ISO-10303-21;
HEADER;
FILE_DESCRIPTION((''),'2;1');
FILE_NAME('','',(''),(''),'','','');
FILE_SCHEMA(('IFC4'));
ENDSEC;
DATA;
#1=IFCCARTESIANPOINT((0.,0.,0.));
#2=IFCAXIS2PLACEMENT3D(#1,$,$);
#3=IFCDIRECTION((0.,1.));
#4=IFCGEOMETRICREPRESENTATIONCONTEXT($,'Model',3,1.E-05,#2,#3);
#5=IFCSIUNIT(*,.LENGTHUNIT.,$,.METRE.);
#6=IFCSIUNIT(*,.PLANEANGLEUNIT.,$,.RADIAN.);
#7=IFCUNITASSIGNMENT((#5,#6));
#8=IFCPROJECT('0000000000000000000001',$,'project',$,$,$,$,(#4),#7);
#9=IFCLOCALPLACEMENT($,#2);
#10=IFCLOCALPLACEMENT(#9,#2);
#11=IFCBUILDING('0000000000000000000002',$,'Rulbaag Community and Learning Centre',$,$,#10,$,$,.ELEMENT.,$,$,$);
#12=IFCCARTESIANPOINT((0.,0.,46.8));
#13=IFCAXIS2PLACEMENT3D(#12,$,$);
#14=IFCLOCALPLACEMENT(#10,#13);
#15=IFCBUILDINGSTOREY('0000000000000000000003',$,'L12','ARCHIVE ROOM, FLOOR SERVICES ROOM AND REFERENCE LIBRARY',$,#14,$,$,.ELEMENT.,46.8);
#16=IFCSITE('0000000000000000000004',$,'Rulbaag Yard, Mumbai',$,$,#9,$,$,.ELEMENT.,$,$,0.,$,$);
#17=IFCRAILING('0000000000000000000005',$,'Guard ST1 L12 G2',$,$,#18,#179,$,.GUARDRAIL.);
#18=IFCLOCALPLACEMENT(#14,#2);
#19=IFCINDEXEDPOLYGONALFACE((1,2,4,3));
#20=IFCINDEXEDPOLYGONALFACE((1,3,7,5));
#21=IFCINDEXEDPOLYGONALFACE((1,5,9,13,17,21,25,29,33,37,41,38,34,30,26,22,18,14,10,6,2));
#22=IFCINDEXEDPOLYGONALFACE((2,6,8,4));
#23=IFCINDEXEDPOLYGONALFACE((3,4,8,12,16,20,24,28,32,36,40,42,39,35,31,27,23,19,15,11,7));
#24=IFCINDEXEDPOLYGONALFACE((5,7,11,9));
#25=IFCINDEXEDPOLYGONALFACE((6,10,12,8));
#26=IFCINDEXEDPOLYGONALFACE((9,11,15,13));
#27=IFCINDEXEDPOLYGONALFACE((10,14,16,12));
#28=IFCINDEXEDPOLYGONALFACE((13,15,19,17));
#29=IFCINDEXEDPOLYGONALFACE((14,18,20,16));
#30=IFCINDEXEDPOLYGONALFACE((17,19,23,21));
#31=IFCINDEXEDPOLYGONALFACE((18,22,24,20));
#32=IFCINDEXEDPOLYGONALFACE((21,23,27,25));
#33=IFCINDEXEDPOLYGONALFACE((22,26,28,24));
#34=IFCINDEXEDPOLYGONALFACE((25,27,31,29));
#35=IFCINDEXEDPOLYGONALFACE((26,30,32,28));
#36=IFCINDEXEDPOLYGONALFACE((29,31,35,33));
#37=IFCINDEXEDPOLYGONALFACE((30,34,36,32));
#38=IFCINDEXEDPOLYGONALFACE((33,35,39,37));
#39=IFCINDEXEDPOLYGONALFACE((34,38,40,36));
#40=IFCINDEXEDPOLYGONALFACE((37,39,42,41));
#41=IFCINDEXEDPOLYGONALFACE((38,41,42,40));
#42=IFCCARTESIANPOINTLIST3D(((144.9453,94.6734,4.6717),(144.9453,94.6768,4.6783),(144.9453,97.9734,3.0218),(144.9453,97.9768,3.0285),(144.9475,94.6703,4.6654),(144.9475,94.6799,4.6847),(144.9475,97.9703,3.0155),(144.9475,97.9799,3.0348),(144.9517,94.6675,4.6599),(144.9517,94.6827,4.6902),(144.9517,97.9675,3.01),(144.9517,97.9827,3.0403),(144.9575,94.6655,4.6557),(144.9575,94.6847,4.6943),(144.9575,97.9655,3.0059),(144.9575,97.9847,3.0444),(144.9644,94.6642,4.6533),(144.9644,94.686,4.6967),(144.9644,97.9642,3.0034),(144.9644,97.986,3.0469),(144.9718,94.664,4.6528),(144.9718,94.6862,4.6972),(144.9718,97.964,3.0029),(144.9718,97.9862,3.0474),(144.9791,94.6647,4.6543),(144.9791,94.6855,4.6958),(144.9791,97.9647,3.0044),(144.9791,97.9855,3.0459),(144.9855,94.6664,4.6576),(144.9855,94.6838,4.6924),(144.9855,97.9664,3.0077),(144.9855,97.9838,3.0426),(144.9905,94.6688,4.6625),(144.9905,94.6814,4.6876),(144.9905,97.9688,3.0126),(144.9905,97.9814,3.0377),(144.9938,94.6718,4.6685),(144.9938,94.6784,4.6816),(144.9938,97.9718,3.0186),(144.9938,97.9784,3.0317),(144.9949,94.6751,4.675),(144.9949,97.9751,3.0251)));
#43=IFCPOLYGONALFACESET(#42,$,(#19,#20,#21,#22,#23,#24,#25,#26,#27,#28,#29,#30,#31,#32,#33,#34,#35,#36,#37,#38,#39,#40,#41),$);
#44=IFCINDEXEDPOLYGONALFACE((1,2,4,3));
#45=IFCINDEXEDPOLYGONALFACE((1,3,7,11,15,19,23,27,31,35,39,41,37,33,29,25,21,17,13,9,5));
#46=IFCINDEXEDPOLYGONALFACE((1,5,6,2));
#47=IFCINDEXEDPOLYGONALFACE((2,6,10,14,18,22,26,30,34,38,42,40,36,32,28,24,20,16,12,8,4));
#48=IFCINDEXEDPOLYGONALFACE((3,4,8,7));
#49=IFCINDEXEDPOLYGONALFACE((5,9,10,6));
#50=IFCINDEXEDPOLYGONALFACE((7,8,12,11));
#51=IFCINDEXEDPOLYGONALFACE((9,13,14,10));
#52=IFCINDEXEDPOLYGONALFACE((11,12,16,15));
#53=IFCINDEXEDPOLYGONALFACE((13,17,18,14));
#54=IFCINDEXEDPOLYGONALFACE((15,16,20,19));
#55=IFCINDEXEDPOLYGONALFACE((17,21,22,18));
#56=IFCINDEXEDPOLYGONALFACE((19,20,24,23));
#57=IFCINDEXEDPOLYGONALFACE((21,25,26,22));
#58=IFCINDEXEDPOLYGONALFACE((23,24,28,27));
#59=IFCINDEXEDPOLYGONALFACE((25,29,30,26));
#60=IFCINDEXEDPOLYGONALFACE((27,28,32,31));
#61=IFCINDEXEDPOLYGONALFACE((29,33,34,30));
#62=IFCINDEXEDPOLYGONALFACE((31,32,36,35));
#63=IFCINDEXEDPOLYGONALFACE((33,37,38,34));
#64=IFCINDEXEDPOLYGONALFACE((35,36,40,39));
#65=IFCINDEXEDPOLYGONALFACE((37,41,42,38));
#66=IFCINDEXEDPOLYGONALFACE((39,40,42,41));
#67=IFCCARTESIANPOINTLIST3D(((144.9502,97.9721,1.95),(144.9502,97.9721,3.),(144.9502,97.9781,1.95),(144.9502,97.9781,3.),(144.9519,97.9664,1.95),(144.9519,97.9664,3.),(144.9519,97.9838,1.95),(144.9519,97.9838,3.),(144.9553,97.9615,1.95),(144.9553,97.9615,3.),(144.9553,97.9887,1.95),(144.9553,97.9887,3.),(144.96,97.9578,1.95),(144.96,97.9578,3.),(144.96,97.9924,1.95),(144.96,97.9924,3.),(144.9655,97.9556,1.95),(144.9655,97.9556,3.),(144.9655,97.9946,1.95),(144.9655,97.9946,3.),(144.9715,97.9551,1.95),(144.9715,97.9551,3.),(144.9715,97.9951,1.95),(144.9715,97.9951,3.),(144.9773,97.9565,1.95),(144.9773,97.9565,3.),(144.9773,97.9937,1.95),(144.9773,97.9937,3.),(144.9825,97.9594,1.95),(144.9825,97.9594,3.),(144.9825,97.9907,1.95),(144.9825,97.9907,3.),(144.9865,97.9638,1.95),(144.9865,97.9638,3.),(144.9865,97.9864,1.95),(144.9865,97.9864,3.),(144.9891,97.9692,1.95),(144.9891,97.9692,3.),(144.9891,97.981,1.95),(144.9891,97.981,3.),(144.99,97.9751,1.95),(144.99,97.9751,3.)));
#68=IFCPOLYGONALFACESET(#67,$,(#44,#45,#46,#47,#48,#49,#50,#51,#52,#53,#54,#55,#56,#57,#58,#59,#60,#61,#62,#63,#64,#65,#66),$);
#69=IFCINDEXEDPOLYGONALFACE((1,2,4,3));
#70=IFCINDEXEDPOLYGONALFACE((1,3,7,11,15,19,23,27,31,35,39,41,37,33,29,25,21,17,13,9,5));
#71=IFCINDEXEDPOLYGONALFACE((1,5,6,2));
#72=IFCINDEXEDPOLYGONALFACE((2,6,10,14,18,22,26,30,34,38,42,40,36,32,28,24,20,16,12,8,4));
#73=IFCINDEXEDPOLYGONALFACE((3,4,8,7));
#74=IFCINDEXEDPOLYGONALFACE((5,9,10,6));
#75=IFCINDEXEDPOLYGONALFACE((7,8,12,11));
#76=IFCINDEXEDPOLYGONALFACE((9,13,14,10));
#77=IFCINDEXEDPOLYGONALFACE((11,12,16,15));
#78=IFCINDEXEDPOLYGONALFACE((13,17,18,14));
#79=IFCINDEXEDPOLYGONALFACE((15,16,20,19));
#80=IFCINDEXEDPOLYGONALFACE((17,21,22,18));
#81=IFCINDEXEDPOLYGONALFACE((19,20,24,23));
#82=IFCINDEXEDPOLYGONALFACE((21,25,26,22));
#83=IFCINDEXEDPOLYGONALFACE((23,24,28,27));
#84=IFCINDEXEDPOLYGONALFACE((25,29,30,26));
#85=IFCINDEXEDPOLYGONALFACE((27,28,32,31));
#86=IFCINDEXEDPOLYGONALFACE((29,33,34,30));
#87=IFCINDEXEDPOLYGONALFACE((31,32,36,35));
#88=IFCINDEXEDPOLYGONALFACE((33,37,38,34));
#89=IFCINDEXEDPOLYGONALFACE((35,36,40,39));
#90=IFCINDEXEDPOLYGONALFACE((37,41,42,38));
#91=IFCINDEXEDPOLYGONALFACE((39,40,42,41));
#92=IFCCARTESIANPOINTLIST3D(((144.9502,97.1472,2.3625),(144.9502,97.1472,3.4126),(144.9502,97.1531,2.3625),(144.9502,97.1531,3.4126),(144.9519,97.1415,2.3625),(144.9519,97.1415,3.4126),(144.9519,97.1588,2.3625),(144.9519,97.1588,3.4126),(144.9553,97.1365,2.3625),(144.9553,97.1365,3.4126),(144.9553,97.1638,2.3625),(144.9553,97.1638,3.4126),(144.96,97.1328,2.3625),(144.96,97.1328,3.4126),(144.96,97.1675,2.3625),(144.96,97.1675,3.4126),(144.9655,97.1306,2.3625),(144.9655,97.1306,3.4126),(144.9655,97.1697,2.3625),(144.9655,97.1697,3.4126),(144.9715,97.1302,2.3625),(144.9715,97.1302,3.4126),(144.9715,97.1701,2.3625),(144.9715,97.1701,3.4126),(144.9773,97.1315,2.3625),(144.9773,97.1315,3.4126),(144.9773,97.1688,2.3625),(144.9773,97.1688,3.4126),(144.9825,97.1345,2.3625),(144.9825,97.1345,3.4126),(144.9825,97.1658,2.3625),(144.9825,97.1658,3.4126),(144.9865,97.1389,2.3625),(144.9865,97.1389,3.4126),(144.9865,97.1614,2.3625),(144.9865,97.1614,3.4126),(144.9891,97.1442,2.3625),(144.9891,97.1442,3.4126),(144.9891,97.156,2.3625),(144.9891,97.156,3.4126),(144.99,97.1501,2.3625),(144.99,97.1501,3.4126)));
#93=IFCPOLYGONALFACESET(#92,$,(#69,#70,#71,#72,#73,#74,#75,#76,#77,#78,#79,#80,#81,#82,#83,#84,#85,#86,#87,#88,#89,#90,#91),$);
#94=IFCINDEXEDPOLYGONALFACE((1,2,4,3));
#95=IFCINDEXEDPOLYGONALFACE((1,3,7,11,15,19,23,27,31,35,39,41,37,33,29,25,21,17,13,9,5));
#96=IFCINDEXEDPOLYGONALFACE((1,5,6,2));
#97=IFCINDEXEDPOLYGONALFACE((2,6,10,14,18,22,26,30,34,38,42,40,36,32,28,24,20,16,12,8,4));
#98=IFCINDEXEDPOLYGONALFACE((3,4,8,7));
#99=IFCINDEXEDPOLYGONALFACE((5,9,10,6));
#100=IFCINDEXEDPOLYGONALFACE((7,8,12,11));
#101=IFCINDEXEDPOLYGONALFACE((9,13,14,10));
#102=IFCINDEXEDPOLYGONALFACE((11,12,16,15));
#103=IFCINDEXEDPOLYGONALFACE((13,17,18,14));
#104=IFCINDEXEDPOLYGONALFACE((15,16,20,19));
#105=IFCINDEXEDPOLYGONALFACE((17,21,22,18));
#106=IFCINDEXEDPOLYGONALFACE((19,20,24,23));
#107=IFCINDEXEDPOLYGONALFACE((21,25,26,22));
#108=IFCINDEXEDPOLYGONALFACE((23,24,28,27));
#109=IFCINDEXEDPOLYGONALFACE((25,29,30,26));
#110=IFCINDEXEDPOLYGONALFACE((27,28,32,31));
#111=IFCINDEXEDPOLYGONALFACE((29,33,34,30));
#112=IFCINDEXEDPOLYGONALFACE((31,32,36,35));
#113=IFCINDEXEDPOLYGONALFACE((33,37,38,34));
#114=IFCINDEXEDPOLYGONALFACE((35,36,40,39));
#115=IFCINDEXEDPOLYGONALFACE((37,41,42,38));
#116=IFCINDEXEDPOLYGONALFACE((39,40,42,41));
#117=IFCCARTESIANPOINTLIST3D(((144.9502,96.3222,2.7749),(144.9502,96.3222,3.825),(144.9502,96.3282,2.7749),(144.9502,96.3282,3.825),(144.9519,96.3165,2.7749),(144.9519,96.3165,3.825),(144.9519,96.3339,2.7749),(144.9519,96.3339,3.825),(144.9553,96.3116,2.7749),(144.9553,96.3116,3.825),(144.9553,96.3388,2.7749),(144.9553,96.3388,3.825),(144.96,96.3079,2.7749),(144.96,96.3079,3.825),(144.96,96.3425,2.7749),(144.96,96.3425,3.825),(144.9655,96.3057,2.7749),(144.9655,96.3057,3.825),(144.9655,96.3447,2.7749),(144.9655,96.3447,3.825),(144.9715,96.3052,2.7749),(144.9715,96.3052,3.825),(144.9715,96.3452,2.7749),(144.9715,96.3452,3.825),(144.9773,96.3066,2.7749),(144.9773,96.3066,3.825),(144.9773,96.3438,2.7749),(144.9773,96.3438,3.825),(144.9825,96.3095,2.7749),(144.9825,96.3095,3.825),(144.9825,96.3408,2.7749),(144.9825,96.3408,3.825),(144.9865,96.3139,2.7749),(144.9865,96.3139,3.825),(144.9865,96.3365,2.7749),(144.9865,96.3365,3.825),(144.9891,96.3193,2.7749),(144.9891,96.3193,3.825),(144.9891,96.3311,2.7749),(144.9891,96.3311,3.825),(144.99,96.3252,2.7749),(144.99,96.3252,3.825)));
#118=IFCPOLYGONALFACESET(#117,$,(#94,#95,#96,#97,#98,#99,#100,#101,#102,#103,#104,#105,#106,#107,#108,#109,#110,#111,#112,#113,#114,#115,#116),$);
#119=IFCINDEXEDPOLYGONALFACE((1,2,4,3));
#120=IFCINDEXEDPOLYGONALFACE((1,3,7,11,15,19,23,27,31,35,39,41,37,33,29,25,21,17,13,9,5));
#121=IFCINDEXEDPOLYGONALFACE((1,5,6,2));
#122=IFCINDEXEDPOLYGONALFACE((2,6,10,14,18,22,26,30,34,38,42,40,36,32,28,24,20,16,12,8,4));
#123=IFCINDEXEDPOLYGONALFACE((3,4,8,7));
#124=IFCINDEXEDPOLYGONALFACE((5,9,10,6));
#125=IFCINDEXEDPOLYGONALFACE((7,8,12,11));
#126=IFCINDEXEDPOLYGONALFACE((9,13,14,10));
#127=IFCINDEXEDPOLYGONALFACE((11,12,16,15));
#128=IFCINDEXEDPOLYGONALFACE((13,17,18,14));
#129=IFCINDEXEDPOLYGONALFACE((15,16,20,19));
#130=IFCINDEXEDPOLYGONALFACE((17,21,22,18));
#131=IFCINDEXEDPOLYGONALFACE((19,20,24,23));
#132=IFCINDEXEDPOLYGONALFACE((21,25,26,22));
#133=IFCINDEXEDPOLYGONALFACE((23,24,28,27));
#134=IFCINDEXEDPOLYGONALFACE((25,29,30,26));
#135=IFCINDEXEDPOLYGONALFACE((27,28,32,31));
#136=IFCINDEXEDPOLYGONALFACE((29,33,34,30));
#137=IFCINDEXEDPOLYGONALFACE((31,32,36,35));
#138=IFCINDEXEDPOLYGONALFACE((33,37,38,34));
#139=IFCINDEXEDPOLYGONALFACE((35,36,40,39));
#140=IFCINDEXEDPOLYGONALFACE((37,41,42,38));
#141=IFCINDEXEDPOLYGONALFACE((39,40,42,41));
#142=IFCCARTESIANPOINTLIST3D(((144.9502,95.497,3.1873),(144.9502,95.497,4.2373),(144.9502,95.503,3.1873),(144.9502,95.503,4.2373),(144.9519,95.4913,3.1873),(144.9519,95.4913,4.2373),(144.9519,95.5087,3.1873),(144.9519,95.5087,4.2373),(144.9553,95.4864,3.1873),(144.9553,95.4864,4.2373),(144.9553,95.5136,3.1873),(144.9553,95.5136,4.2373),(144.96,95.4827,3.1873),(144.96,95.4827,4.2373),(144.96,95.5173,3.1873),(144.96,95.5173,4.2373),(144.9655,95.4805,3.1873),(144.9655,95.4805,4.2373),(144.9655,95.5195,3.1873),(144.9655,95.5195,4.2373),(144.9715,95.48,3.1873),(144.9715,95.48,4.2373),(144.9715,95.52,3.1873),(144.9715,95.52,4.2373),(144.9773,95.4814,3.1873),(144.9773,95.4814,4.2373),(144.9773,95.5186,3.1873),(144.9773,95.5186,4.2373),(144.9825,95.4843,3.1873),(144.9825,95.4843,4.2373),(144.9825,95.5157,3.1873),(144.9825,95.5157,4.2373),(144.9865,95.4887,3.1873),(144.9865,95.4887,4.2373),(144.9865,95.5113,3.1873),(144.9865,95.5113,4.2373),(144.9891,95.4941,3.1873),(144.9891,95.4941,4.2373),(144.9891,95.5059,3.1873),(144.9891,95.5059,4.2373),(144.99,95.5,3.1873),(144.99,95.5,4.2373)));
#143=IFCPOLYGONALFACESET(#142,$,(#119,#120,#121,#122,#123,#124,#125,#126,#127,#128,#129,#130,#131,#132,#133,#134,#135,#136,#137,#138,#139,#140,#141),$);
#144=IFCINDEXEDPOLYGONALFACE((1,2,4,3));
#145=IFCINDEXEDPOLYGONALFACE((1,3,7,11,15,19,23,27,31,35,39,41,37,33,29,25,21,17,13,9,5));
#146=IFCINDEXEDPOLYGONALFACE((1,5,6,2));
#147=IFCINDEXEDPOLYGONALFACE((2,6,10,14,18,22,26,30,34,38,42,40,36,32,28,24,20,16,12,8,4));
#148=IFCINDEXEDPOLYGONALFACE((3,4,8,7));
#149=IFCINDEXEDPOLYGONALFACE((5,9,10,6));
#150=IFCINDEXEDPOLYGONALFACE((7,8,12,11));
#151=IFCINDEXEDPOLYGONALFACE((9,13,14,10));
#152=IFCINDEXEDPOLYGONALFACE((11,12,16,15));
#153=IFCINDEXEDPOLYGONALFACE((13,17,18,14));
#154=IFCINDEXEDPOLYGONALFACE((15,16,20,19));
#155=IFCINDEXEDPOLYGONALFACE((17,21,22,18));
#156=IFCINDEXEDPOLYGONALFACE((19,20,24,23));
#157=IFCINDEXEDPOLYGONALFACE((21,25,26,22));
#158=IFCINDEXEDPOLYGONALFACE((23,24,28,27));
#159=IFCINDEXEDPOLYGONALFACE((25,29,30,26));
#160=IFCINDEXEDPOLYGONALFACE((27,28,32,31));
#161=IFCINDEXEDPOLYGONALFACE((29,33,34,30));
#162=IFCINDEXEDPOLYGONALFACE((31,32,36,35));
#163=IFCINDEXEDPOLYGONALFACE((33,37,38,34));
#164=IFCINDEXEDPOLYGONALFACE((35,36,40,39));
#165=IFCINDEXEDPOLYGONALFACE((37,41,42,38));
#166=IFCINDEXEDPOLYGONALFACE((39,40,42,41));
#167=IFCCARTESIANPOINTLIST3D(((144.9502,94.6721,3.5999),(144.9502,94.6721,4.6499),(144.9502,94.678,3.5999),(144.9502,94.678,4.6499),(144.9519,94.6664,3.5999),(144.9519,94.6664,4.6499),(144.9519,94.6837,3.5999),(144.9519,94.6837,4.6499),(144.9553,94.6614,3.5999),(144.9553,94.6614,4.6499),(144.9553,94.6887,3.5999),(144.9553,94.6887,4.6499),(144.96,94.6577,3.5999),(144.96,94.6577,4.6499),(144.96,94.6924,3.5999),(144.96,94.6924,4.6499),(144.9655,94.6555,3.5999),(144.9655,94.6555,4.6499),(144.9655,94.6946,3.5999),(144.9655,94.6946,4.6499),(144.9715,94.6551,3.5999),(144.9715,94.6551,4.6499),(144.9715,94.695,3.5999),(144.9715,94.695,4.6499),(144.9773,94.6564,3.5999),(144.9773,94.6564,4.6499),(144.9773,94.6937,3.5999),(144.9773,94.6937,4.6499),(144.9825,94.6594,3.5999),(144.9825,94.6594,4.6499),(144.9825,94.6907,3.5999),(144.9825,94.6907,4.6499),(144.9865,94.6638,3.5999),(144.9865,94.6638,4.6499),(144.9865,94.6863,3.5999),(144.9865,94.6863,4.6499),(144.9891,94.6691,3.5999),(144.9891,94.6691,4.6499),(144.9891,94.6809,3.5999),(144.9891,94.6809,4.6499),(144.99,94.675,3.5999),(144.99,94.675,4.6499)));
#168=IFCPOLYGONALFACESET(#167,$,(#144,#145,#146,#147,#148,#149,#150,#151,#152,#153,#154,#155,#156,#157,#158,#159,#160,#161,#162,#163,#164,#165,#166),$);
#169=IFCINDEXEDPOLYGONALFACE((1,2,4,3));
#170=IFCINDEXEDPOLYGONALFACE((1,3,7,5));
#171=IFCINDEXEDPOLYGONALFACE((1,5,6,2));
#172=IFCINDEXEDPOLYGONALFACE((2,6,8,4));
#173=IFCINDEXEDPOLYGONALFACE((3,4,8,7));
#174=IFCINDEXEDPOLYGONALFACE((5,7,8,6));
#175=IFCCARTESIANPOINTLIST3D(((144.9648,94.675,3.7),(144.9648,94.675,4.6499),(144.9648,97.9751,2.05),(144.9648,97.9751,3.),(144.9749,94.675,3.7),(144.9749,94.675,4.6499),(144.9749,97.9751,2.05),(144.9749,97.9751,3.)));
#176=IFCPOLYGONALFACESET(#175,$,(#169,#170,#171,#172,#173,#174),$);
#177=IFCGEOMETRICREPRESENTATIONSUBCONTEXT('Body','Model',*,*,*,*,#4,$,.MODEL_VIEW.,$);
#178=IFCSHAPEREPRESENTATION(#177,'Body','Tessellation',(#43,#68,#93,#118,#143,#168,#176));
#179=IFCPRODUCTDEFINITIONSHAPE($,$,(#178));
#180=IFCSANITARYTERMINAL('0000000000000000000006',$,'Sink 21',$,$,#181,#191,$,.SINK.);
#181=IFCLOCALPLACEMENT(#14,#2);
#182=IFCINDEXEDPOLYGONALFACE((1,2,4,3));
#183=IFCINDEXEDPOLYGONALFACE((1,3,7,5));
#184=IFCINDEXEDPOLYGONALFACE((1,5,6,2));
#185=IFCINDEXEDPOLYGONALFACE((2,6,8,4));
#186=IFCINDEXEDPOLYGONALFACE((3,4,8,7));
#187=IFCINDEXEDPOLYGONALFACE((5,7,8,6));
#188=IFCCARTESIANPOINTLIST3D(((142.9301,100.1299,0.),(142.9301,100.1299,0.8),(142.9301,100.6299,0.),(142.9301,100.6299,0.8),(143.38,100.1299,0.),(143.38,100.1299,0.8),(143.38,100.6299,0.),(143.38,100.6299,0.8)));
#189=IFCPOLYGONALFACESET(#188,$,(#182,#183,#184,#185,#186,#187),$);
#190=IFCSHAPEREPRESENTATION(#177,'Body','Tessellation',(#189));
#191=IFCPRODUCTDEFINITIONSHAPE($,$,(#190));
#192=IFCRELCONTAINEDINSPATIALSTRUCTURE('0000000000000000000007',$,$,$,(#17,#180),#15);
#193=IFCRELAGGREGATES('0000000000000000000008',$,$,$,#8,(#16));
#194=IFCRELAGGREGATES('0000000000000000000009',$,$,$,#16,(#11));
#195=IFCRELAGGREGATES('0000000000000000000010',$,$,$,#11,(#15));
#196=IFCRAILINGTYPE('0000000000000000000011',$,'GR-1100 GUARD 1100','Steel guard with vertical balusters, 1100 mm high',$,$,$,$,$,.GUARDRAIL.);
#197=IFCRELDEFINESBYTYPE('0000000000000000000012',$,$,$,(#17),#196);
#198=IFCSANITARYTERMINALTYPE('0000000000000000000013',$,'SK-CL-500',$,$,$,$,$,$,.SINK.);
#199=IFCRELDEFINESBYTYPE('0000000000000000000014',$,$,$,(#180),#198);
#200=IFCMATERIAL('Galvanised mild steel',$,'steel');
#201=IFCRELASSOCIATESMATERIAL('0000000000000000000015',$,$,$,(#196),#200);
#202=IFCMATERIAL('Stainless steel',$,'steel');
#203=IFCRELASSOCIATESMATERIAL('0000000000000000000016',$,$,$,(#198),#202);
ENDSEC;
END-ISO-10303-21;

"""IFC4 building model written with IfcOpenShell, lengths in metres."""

from ifc_helpers import new_model, si_unit, direction, frame, origin, origin_2d, place, context, subcontext, project, spatial, polyline, rectangle, circle, outline, extrude, material, type_object, element, save


model = new_model("IFC4")

# Units and contexts
model_context = context("Model", 3, precision=1e-05, world=origin(), true_north=direction((0.0, 1.0)))
body_context = subcontext(model_context, "Body", "Model", "MODEL_VIEW")
ifc_project = project(units=[si_unit("LENGTHUNIT", "METRE"), si_unit("PLANEANGLEUNIT", "RADIAN")], contexts=[model_context])

# Site, building, storey
site_placement = place(None, origin())
site = spatial("IfcSite", under=ifc_project, at=site_placement, Name="Rulbaag Yard, Mumbai", CompositionType="ELEMENT", RefElevation=0.0)
building_placement = place(site_placement, origin())
building = spatial("IfcBuilding", under=site, at=building_placement, Name="Rulbaag Community and Learning Centre", CompositionType="ELEMENT")
storey_placement = place(building_placement, frame((0.0, 0.0, 46.8)))
storey = spatial("IfcBuildingStorey", under=building, at=storey_placement, Name="L12", Description="ARCHIVE ROOM, FLOOR SERVICES ROOM AND REFERENCE LIBRARY", CompositionType="ELEMENT", Elevation=46.8)

# Railing
ifc_material_1 = material(Name="Galvanised mild steel", Category="steel")
railing_type_1 = type_object("IfcRailingType", Name="GR-1100 GUARD 1100", Description="Steel guard with vertical balusters, 1100 mm high", PredefinedType="GUARDRAIL", material=ifc_material_1)
railing_1_placement = place(storey_placement, frame((144.97, 97.9751, 1.95)))
element("IfcRailing", 1, at=railing_1_placement, inside=storey, type_object=railing_type_1, Name="Guard ST1 L12 G2", PredefinedType="GUARDRAIL", context=body_context, shape_type="SweptSolid", body=[
    extrude(circle(Radius=0.0249, at=origin_2d()), frame((0.0, 0.0, 1.0752), z_axis=(0.0, -0.89444, 0.447187), x_axis=(1.0, 0.0, 0.0)), (0.0, 0.0, 1.0), 3.6895),
    extrude(circle(Radius=0.02, at=origin_2d()), origin(), (0.0, 0.0, 1.0), 1.05),
    extrude(circle(Radius=0.02, at=origin_2d()), frame((0.0, -0.825, 0.4126)), (0.0, 0.0, 1.0), 1.05),
    extrude(circle(Radius=0.02, at=origin_2d()), frame((0.0, -1.6499, 0.825)), (0.0, 0.0, 1.0), 1.05),
    extrude(circle(Radius=0.02, at=origin_2d()), frame((0.0, -2.4751, 1.2373)), (0.0, 0.0, 1.0), 1.05),
    extrude(circle(Radius=0.02, at=origin_2d()), frame((0.0, -3.3, 1.6499)), (0.0, 0.0, 1.0), 1.05),
    extrude(outline(polyline([(0.0, 0.0), (3.3, 1.6499), (3.3, 2.5999), (0.0, 0.95), (0.0, 0.0)])), frame((0.0049, 0.0, 0.1001), z_axis=(-1.0, 0.0, 0.0), x_axis=(0.0, -1.0, 0.0)), (0.0, 0.0, 1.0), 0.01),
])

# Sanitary terminal
ifc_material_2 = material(Name="Stainless steel", Category="steel")
sanitary_terminal_type = type_object("IfcSanitaryTerminalType", Name="SK-CL-500", PredefinedType="SINK", material=ifc_material_2)
sanitary_terminal_placement = place(storey_placement, frame((143.155, 100.3799, 0.0), z_axis=(0.0, 0.0, 1.0), x_axis=(1.0, 0.0, 0.0)))
element("IfcSanitaryTerminal", 2, at=sanitary_terminal_placement, inside=storey, type_object=sanitary_terminal_type, Name="Sink 21", PredefinedType="SINK", context=body_context, shape_type="SweptSolid", body=[
    extrude(rectangle(XDim=0.45, YDim=0.5, at=origin_2d()), origin(), (0.0, 0.0, 1.0), 0.8),
])

save(model, "model.ifc")
